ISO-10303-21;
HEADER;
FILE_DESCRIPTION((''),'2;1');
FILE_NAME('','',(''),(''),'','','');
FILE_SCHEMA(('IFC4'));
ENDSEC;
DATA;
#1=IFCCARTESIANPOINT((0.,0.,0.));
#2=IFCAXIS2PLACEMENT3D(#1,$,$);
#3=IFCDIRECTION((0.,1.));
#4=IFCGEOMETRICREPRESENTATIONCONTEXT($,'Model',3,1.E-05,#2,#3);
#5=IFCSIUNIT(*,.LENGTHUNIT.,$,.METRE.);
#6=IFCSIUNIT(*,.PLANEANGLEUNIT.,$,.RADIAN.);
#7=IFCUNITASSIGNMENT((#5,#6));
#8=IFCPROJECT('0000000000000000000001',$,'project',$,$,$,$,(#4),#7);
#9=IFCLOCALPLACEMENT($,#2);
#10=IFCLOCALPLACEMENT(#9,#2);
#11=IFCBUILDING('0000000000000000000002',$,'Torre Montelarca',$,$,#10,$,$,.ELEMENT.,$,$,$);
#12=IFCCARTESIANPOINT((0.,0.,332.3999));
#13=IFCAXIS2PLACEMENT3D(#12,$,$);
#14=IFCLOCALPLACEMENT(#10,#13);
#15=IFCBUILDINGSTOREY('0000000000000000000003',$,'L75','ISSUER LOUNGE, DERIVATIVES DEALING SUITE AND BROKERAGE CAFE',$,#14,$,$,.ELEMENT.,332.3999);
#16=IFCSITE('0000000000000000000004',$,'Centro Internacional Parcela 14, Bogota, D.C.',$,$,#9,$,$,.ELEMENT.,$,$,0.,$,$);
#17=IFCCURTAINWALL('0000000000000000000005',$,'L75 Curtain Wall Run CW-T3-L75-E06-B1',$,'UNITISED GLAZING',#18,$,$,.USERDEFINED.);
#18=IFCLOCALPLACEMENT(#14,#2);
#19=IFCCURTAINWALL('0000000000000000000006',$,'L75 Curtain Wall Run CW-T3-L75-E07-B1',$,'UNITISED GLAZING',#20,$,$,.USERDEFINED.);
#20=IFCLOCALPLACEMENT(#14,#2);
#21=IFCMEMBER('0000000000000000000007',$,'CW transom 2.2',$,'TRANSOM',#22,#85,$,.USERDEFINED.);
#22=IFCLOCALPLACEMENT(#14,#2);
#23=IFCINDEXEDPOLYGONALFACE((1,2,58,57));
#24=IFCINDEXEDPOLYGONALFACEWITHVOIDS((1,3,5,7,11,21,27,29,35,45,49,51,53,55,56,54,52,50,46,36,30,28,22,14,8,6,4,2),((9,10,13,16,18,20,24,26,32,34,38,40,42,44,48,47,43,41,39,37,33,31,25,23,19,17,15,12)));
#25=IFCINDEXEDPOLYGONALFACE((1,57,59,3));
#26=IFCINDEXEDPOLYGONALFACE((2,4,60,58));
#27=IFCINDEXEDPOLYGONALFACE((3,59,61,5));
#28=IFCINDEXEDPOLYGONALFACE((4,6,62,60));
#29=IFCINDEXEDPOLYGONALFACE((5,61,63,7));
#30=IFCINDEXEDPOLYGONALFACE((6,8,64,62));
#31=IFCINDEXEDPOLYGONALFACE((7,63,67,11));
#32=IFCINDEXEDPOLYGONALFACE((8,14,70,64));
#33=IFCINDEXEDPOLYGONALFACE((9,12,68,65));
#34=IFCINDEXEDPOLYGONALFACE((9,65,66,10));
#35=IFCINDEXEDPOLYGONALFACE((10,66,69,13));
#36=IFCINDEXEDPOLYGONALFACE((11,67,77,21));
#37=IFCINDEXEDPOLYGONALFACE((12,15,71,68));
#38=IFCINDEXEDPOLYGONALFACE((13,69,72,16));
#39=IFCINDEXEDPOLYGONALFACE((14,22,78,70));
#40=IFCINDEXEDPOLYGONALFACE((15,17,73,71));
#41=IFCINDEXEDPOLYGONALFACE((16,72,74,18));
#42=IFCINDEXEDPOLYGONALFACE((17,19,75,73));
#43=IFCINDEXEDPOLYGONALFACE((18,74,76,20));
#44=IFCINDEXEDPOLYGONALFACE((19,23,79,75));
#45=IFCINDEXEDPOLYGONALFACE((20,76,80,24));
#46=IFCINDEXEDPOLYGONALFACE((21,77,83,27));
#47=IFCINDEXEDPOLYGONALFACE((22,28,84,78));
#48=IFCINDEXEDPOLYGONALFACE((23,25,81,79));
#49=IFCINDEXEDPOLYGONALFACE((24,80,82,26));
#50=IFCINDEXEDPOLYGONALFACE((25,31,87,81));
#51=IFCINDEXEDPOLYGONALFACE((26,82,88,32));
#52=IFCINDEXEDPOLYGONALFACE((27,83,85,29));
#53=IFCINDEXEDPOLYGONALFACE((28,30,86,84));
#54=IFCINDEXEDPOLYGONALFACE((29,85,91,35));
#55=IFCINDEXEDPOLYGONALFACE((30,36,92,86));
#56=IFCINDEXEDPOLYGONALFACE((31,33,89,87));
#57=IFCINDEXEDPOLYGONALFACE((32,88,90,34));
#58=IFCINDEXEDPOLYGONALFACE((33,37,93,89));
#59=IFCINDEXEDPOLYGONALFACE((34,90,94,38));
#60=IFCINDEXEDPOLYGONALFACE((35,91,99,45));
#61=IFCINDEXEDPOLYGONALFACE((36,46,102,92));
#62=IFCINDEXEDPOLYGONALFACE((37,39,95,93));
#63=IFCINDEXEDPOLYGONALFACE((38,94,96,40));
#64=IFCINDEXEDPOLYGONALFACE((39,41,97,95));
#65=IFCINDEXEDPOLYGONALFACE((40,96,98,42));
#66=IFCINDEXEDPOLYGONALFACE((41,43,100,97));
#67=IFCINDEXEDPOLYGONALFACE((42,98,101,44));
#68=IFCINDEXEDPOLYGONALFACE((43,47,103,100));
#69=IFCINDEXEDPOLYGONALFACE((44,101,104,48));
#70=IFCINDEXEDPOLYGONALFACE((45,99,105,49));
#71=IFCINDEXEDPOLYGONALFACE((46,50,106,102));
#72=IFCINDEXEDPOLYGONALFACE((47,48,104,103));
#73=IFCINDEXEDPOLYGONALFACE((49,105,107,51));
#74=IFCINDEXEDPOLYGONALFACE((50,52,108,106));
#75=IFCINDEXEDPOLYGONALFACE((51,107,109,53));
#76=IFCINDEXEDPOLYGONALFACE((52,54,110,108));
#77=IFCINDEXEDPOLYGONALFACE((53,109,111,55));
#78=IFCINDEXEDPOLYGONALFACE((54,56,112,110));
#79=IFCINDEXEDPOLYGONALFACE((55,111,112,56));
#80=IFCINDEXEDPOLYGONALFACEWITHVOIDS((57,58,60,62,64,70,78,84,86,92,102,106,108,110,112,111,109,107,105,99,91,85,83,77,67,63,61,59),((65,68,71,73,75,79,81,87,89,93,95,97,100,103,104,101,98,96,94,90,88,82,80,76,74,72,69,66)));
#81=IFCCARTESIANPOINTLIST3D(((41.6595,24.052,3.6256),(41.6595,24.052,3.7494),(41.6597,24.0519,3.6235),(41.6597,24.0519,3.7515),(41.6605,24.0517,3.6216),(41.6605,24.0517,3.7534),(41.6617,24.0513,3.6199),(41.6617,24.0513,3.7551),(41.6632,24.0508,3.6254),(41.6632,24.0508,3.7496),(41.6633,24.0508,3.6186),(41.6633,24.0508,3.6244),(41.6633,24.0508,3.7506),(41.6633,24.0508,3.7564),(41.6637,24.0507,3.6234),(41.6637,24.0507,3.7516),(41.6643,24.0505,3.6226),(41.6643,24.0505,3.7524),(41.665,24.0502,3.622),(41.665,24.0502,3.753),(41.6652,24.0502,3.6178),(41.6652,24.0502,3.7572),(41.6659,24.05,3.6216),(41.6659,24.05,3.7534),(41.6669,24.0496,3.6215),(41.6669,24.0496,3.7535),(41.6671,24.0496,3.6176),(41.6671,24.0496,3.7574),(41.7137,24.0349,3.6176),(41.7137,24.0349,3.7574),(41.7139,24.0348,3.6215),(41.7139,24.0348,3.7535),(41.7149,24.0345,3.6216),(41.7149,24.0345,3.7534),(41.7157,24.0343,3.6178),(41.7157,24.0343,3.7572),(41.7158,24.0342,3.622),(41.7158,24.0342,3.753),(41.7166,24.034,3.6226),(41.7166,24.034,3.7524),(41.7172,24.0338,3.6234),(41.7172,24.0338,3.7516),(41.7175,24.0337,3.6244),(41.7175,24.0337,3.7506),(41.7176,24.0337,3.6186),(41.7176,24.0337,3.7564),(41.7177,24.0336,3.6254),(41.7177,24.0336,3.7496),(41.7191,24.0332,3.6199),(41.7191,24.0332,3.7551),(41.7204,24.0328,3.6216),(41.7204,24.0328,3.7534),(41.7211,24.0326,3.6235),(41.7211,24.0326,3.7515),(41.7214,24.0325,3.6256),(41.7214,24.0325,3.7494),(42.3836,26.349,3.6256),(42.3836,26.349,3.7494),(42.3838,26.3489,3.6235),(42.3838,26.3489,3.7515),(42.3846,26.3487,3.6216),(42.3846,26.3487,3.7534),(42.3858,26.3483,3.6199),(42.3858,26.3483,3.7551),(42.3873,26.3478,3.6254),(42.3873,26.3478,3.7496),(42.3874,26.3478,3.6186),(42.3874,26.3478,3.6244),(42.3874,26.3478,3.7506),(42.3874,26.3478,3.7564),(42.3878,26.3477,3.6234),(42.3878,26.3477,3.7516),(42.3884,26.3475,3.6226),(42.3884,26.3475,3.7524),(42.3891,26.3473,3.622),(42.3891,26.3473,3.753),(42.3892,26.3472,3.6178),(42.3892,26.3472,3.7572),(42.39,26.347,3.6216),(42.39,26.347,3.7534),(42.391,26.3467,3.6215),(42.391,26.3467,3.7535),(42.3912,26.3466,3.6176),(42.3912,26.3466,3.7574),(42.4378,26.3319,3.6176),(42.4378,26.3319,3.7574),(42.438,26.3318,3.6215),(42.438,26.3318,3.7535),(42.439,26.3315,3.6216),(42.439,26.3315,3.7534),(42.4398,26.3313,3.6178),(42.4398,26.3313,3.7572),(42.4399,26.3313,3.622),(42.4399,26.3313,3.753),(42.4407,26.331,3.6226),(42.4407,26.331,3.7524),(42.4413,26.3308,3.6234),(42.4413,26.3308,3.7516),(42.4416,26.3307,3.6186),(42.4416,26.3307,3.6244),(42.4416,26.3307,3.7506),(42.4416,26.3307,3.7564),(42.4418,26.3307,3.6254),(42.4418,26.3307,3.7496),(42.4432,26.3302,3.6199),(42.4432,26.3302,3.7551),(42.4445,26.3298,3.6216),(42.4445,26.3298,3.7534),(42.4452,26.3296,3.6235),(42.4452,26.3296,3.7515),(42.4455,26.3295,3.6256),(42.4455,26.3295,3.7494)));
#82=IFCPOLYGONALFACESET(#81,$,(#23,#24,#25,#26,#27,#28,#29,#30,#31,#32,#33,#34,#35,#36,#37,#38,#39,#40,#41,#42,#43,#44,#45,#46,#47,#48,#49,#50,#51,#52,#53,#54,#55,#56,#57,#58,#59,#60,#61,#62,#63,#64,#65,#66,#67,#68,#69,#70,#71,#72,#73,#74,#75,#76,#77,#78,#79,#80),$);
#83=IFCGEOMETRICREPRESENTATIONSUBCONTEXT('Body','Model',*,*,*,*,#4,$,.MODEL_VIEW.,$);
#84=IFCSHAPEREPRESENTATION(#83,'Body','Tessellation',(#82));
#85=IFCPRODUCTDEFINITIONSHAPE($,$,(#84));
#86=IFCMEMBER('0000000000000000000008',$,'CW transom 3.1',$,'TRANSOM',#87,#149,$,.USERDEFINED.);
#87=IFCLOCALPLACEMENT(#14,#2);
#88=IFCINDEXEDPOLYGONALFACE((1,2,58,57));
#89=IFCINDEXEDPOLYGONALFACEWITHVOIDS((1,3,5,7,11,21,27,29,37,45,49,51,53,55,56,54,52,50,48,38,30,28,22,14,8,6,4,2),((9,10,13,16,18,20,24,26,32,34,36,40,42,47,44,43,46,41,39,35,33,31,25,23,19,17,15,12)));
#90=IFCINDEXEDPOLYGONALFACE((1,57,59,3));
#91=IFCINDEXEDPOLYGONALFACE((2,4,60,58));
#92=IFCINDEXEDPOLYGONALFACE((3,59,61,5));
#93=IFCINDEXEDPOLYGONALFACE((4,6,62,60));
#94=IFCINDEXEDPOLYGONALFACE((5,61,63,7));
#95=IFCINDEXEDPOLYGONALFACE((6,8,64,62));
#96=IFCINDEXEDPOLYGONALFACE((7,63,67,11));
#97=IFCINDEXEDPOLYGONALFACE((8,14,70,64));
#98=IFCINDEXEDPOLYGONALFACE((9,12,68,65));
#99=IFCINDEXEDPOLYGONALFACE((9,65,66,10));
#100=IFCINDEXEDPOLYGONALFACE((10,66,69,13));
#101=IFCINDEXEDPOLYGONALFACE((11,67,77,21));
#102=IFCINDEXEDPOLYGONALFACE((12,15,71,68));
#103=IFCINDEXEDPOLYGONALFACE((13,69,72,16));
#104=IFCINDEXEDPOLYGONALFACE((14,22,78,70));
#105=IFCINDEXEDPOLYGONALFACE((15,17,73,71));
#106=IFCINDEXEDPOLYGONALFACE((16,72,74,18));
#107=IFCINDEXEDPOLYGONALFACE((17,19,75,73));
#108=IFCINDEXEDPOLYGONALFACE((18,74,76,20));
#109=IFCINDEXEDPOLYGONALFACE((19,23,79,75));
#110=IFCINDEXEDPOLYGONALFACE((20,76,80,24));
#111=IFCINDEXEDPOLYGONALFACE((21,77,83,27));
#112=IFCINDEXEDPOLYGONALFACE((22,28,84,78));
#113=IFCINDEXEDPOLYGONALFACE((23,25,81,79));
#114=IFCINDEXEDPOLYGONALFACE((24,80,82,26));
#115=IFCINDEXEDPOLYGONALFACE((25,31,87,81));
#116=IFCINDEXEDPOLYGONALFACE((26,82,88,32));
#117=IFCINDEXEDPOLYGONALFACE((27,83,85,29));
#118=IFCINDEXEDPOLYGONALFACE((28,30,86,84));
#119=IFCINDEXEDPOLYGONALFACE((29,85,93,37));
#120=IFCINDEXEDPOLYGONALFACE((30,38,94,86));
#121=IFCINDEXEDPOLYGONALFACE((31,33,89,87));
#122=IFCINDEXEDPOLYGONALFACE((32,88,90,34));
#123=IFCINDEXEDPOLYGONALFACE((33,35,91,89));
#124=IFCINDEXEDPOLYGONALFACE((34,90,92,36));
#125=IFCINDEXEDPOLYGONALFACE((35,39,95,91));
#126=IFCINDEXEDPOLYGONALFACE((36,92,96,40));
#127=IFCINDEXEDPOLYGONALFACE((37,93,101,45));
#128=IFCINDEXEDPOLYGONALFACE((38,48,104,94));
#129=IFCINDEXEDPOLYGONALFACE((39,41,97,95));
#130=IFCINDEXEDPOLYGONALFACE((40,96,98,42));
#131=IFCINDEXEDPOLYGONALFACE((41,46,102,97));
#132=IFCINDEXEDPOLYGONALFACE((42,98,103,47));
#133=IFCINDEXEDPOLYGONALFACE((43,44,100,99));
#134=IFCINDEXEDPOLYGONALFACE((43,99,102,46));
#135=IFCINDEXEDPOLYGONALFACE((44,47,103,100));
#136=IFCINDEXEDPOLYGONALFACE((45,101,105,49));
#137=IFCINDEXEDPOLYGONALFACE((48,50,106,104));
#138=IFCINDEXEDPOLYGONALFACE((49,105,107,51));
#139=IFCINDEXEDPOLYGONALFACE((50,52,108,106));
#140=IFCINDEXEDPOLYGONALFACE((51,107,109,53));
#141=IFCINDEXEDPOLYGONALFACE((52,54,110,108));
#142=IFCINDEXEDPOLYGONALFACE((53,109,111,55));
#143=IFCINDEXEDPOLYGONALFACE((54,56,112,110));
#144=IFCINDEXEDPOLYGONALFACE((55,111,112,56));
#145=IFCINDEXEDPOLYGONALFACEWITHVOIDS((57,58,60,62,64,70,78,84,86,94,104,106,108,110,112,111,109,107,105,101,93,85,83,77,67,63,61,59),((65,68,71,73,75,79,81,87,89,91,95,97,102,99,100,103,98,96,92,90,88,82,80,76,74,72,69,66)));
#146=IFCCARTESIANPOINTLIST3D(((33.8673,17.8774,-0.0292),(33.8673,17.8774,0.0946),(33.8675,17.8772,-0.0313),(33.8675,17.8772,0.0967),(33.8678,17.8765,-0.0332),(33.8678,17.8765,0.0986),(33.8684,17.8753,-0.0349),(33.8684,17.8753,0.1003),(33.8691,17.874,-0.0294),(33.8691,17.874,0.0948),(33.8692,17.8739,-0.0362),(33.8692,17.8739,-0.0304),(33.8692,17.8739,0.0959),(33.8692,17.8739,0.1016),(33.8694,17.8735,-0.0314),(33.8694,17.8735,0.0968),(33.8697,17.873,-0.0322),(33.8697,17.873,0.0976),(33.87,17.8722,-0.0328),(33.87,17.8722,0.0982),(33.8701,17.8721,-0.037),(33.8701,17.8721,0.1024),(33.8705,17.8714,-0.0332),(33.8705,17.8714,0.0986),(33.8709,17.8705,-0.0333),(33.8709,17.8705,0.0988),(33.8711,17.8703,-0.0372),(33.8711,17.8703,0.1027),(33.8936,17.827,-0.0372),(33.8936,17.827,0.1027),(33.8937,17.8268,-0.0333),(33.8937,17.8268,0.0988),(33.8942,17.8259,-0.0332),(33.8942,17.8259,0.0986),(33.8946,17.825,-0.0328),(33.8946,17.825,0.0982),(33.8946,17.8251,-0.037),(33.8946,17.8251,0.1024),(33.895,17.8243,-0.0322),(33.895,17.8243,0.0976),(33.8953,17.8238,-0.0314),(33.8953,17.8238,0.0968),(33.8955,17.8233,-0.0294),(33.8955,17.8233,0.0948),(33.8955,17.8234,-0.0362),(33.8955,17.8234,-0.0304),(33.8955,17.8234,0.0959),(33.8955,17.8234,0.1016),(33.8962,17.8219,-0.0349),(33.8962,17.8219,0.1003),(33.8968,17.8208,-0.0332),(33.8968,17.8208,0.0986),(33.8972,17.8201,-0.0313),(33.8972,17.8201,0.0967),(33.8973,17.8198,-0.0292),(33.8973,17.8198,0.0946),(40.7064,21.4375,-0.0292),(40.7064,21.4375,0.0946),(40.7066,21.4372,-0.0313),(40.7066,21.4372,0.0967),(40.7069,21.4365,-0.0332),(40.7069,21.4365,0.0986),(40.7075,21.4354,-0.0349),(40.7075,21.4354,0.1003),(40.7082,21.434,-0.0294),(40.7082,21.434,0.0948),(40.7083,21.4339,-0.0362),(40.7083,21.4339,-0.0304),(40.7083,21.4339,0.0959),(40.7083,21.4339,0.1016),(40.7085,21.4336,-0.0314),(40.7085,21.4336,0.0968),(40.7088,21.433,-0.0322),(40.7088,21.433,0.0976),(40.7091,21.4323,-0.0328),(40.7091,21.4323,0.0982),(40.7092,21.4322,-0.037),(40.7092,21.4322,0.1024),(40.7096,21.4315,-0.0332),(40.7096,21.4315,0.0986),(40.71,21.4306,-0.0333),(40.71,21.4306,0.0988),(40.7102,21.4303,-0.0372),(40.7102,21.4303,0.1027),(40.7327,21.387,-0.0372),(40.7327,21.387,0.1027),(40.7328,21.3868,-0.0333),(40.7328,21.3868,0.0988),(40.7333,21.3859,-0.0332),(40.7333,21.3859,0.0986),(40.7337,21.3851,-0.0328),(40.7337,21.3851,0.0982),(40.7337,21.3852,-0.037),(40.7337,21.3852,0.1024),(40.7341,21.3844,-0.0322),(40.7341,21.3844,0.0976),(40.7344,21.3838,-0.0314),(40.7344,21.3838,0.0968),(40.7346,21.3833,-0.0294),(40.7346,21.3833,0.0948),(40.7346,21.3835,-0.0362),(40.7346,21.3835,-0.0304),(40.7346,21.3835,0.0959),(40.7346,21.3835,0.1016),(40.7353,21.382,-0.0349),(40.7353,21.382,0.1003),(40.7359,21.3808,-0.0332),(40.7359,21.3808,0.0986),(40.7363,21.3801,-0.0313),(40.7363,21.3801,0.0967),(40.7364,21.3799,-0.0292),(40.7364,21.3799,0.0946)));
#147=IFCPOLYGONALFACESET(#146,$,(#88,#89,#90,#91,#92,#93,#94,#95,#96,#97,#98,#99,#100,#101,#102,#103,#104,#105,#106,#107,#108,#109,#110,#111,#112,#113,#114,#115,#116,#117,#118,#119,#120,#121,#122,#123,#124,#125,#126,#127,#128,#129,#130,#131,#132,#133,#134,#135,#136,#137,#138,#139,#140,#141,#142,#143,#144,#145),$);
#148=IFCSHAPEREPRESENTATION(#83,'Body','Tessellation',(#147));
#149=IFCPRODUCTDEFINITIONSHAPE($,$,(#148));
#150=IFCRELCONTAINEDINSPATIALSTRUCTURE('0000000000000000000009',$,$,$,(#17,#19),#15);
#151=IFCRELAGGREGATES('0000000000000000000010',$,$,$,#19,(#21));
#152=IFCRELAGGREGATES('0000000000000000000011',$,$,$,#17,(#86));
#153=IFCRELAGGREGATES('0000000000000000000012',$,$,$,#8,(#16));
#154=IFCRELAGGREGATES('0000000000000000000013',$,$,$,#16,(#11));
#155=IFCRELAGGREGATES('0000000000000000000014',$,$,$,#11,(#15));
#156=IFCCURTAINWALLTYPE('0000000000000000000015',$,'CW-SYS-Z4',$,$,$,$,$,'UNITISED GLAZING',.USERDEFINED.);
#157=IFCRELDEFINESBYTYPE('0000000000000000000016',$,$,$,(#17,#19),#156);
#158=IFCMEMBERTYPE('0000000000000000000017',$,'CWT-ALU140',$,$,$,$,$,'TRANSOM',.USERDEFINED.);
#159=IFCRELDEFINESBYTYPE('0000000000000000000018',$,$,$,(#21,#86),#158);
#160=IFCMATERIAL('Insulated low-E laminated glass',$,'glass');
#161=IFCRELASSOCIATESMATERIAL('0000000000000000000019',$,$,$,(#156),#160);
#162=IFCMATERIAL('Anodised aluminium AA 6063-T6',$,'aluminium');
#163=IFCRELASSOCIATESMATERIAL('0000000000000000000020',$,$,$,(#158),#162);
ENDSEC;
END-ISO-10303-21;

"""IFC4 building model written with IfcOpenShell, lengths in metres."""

from ifc_helpers import new_model, si_unit, direction, frame, origin, origin_2d, place, context, subcontext, project, spatial, hollow_rectangle, extrude, source, transform, mapped, material, material_profile, profile_set, type_object, element, aggregate, save


model = new_model("IFC4")

# Units and contexts
model_context = context("Model", 3, precision=1e-05, world=origin(), true_north=direction((0.0, 1.0)))
body_context = subcontext(model_context, "Body", "Model", "MODEL_VIEW")
ifc_project = project(units=[si_unit("LENGTHUNIT", "METRE"), si_unit("PLANEANGLEUNIT", "RADIAN")], contexts=[model_context])

# Site, building, storey
site_placement = place(None, origin())
site = spatial("IfcSite", under=ifc_project, at=site_placement, Name="Centro Internacional Parcela 14, Bogota, D.C.", CompositionType="ELEMENT", RefElevation=0.0)
building_placement = place(site_placement, origin())
building = spatial("IfcBuilding", under=site, at=building_placement, Name="Torre Montelarca", CompositionType="ELEMENT")
storey_placement = place(building_placement, frame((0.0, 0.0, 332.3999)))
storey = spatial("IfcBuildingStorey", under=building, at=storey_placement, Name="L75", Description="ISSUER LOUNGE, DERIVATIVES DEALING SUITE AND BROKERAGE CAFE", CompositionType="ELEMENT", Elevation=332.3999)

# Curtain walls
ifc_material_1 = material(Name="Insulated low-E laminated glass", Category="glass")
curtain_wall_type = type_object("IfcCurtainWallType", Name="CW-SYS-Z4", ElementType="UNITISED GLAZING", PredefinedType="USERDEFINED", material=ifc_material_1)
curtain_wall_1_placement = place(storey_placement, origin())
curtain_wall_1 = element("IfcCurtainWall", 1, at=curtain_wall_1_placement, inside=storey, type_object=curtain_wall_type, Name="L75 Curtain Wall Run CW-T3-L75-E06-B1", ObjectType="UNITISED GLAZING", PredefinedType="USERDEFINED")
ifc_material_2 = material(Name="Anodised aluminium AA 6063-T6", Category="aluminium")
curtain_wall_2_placement = place(storey_placement, origin())
curtain_wall_2 = element("IfcCurtainWall", 2, at=curtain_wall_2_placement, inside=storey, type_object=curtain_wall_type, Name="L75 Curtain Wall Run CW-T3-L75-E07-B1", ObjectType="UNITISED GLAZING", PredefinedType="USERDEFINED")

# Members
ifc_material_profile_1 = material_profile(ifc_material_2, hollow_rectangle(XDim=0.0649, YDim=0.1399, WallThickness=0.0039, InnerFilletRadius=0.0039, OuterFilletRadius=0.0081, at=origin_2d()), Name="ALU65X140X4", Category="aluminium")
ifc_profile_set_1 = profile_set([ifc_material_profile_1], Name="Anodised aluminium AA 6063-T6")
member_type_1 = type_object("IfcMemberType", Name="CWT-ALU140", ElementType="TRANSOM", PredefinedType="USERDEFINED", material=ifc_profile_set_1)
shared_shape_1 = source(origin(), body_context, "Body", "SweptSolid", [
    extrude(hollow_rectangle(XDim=0.0649, YDim=0.1399, WallThickness=0.0039, InnerFilletRadius=0.0039, OuterFilletRadius=0.0081, at=origin_2d()), origin(), (0.0, 0.0, 1.0), 2.4084),
])
member_1_placement = place(storey_placement, frame((41.6904, 24.0422, 3.6875), z_axis=(0.300646, 0.953736, 0.0), x_axis=(-0.953736, 0.300646, 0.0)))
member_1 = element("IfcMember", 3, at=member_1_placement, type_object=member_type_1, Name="CW transom 2.2", ObjectType="TRANSOM", PredefinedType="USERDEFINED", context=body_context, shape_type="MappedRepresentation", body=[
    mapped(shared_shape_1, transform((0.0, 0.0, 0.0), scale=1.0)),
])
shared_shape_2 = source(origin(), body_context, "Body", "SweptSolid", [
    extrude(hollow_rectangle(XDim=0.0649, YDim=0.1399, WallThickness=0.0039, InnerFilletRadius=0.0039, OuterFilletRadius=0.0081, at=origin_2d()), origin(), (0.0, 0.0, 1.0), 7.7102),
])
member_2_placement = place(storey_placement, frame((33.8823, 17.8486, 0.0327), z_axis=(0.887019, 0.461733, 0.0), x_axis=(-0.461733, 0.887019, 0.0)))
member_2 = element("IfcMember", 4, at=member_2_placement, type_object=member_type_1, Name="CW transom 3.1", ObjectType="TRANSOM", PredefinedType="USERDEFINED", context=body_context, shape_type="MappedRepresentation", body=[
    mapped(shared_shape_2, transform((0.0, 0.0, 0.0), scale=1.0)),
])

aggregate(curtain_wall_2, [member_1])
aggregate(curtain_wall_1, [member_2])

save(model, "model.ifc")
